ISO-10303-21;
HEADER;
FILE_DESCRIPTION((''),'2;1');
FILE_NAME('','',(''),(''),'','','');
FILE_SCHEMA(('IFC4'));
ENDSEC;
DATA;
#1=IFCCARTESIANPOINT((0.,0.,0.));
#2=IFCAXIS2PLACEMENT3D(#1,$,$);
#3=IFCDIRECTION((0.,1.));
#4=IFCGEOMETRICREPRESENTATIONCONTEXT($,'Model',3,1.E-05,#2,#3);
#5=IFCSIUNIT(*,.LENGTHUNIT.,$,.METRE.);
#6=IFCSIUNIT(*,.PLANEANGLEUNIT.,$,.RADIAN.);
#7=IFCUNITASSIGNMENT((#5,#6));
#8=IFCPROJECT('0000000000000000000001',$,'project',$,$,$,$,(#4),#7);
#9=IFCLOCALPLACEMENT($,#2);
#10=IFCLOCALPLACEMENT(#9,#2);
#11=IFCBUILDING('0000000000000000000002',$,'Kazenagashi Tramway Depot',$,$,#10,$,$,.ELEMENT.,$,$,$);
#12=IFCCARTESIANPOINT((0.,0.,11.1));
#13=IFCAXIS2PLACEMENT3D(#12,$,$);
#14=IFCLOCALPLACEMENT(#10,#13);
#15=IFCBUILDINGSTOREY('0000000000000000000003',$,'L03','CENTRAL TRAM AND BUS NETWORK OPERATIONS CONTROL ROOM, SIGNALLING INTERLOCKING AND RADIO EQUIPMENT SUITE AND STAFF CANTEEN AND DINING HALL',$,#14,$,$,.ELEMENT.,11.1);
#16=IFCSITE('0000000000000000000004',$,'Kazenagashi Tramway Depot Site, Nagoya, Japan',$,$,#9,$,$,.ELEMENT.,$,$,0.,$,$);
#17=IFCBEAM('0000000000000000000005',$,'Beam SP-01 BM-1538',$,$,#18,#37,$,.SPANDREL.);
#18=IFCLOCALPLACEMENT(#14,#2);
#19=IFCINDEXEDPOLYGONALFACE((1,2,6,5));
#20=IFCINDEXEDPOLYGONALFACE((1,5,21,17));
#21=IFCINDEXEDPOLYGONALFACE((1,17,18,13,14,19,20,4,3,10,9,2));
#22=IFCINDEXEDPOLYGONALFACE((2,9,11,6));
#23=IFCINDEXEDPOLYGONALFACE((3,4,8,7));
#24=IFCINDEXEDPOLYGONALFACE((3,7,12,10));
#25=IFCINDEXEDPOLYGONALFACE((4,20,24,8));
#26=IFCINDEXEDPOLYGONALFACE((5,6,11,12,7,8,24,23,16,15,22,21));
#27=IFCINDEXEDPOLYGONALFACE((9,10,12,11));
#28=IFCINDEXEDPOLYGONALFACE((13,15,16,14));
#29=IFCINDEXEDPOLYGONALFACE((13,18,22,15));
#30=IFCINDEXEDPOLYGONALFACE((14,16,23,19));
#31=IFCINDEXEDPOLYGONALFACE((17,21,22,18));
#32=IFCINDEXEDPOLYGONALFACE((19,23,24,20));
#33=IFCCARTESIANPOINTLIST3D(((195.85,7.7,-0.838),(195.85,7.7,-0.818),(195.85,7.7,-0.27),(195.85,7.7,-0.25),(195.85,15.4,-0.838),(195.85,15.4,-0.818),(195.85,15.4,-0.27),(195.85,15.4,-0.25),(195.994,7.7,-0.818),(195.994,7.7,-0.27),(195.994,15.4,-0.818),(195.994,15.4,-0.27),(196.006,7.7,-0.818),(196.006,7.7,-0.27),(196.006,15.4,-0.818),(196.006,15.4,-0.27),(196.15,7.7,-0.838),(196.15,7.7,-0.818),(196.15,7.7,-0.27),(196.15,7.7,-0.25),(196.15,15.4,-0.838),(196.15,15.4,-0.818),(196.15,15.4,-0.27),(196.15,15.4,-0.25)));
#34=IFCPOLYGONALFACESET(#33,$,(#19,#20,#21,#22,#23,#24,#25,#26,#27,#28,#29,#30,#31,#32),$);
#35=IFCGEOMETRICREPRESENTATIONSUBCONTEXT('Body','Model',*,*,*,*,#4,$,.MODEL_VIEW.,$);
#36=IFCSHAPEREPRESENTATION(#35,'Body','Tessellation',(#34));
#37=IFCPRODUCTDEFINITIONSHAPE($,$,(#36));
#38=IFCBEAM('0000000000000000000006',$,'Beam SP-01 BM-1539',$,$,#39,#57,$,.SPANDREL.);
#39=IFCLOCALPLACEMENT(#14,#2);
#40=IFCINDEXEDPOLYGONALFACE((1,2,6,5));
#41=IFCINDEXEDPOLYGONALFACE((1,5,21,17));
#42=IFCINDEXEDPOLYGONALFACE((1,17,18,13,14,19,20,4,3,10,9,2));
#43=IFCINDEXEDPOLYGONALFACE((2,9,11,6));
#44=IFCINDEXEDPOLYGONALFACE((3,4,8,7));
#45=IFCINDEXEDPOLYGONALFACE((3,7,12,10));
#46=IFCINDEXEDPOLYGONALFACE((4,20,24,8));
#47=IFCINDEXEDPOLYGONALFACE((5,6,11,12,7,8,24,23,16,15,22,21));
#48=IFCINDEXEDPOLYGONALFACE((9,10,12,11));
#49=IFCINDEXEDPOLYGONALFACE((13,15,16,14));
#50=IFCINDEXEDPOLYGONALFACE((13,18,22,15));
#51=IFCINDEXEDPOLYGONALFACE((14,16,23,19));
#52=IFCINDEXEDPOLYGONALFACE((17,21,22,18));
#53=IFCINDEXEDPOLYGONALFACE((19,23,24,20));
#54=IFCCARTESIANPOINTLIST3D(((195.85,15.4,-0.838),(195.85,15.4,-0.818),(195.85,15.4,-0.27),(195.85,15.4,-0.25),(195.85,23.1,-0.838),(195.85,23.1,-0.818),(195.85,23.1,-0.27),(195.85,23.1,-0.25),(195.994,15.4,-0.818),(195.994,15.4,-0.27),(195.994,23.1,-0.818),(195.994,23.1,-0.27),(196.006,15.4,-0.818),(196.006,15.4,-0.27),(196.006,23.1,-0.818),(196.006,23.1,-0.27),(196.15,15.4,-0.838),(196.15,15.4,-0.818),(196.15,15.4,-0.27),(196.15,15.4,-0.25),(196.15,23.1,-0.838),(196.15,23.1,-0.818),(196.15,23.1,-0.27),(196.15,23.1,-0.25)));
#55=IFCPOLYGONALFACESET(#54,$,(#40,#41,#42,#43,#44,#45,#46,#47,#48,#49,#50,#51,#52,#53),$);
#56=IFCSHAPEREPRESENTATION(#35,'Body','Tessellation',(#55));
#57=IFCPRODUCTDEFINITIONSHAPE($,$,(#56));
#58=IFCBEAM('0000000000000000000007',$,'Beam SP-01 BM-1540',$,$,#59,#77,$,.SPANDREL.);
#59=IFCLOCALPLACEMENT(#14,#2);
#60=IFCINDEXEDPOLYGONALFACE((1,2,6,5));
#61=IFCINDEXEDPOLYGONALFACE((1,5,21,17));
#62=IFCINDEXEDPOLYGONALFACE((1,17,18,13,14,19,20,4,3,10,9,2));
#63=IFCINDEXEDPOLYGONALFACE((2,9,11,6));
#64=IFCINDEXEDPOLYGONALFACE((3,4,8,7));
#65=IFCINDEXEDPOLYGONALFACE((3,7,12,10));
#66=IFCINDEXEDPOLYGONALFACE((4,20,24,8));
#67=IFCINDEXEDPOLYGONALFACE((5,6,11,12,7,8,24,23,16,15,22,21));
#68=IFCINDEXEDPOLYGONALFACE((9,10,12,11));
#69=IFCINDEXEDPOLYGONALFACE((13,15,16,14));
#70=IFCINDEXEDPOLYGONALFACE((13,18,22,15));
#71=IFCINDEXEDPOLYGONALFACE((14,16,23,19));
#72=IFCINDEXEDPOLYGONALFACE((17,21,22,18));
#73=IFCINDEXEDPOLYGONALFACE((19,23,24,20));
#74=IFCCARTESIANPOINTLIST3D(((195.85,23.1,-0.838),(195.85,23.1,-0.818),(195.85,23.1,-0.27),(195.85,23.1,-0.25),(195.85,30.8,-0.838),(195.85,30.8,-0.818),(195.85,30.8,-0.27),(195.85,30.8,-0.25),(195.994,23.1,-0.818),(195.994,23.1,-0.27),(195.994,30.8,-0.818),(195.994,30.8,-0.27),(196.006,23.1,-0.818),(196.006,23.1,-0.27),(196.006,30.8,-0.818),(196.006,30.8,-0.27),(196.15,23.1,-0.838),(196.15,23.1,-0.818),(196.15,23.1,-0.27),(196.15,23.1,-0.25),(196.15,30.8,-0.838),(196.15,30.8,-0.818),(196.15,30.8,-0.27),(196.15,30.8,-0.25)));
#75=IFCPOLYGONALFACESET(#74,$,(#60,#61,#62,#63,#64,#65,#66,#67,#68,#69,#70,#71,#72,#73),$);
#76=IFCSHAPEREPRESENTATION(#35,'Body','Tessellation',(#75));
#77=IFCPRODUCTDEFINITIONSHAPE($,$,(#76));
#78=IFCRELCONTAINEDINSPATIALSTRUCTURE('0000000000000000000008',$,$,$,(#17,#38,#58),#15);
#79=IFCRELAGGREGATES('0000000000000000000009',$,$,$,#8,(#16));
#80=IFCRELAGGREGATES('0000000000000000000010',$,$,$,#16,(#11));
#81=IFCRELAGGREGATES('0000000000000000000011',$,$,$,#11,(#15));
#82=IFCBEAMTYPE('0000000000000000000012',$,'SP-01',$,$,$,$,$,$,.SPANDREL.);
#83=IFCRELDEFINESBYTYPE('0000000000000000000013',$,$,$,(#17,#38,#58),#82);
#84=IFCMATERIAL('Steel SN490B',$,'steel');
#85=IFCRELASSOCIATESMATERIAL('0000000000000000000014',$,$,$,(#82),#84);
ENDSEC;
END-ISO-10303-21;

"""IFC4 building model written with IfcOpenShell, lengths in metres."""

from ifc_helpers import new_model, si_unit, direction, frame, origin, origin_2d, place, context, subcontext, project, spatial, i_section, extrude, material, material_profile, profile_set, type_object, element, save


model = new_model("IFC4")

# Units and contexts
model_context = context("Model", 3, precision=1e-05, world=origin(), true_north=direction((0.0, 1.0)))
body_context = subcontext(model_context, "Body", "Model", "MODEL_VIEW")
ifc_project = project(units=[si_unit("LENGTHUNIT", "METRE"), si_unit("PLANEANGLEUNIT", "RADIAN")], contexts=[model_context])

# Site, building, storey
site_placement = place(None, origin())
site = spatial("IfcSite", under=ifc_project, at=site_placement, Name="Kazenagashi Tramway Depot Site, Nagoya, Japan", CompositionType="ELEMENT", RefElevation=0.0)
building_placement = place(site_placement, origin())
building = spatial("IfcBuilding", under=site, at=building_placement, Name="Kazenagashi Tramway Depot", CompositionType="ELEMENT")
storey_placement = place(building_placement, frame((0.0, 0.0, 11.1)))
storey = spatial("IfcBuildingStorey", under=building, at=storey_placement, Name="L03", Description="CENTRAL TRAM AND BUS NETWORK OPERATIONS CONTROL ROOM, SIGNALLING INTERLOCKING AND RADIO EQUIPMENT SUITE AND STAFF CANTEEN AND DINING HALL", CompositionType="ELEMENT", Elevation=11.1)

# Beams
ifc_material_1 = material(Name="Steel SN490B", Category="steel")
ifc_material_profile_1 = material_profile(ifc_material_1, i_section(OverallWidth=0.3, OverallDepth=0.588, WebThickness=0.012, FlangeThickness=0.02, at=origin_2d()), Name="H-588x300x12x20")
ifc_profile_set_1 = profile_set([ifc_material_profile_1], Name="Steel SN490B")
beam_type_1 = type_object("IfcBeamType", Name="SP-01", PredefinedType="SPANDREL", material=ifc_profile_set_1)
for number, where, z_axis, x_axis, name in (
    (1, (196.0, 7.7, -0.544), (0.0, 1.0, 0.0), (-1.0, 0.0, 0.0), "Beam SP-01 BM-1538"),
    (2, (196.0, 15.4, -0.544), (0.0, 1.0, 0.0), (-1.0, 0.0, 0.0), "Beam SP-01 BM-1539"),
    (3, (196.0, 23.1, -0.544), (0.0, 1.0, 0.0), (-1.0, 0.0, 0.0), "Beam SP-01 BM-1540"),
):
    element("IfcBeam", number, at=place(storey_placement, frame(where, z_axis=z_axis, x_axis=x_axis)), inside=storey, type_object=beam_type_1, Name=name, PredefinedType="SPANDREL", context=body_context, shape_type="SweptSolid", body=[
        extrude(i_section(OverallWidth=0.3, OverallDepth=0.588, WebThickness=0.012, FlangeThickness=0.02, at=origin_2d()), origin(), (0.0, 0.0, 1.0), 7.7),
    ])

save(model, "model.ifc")
